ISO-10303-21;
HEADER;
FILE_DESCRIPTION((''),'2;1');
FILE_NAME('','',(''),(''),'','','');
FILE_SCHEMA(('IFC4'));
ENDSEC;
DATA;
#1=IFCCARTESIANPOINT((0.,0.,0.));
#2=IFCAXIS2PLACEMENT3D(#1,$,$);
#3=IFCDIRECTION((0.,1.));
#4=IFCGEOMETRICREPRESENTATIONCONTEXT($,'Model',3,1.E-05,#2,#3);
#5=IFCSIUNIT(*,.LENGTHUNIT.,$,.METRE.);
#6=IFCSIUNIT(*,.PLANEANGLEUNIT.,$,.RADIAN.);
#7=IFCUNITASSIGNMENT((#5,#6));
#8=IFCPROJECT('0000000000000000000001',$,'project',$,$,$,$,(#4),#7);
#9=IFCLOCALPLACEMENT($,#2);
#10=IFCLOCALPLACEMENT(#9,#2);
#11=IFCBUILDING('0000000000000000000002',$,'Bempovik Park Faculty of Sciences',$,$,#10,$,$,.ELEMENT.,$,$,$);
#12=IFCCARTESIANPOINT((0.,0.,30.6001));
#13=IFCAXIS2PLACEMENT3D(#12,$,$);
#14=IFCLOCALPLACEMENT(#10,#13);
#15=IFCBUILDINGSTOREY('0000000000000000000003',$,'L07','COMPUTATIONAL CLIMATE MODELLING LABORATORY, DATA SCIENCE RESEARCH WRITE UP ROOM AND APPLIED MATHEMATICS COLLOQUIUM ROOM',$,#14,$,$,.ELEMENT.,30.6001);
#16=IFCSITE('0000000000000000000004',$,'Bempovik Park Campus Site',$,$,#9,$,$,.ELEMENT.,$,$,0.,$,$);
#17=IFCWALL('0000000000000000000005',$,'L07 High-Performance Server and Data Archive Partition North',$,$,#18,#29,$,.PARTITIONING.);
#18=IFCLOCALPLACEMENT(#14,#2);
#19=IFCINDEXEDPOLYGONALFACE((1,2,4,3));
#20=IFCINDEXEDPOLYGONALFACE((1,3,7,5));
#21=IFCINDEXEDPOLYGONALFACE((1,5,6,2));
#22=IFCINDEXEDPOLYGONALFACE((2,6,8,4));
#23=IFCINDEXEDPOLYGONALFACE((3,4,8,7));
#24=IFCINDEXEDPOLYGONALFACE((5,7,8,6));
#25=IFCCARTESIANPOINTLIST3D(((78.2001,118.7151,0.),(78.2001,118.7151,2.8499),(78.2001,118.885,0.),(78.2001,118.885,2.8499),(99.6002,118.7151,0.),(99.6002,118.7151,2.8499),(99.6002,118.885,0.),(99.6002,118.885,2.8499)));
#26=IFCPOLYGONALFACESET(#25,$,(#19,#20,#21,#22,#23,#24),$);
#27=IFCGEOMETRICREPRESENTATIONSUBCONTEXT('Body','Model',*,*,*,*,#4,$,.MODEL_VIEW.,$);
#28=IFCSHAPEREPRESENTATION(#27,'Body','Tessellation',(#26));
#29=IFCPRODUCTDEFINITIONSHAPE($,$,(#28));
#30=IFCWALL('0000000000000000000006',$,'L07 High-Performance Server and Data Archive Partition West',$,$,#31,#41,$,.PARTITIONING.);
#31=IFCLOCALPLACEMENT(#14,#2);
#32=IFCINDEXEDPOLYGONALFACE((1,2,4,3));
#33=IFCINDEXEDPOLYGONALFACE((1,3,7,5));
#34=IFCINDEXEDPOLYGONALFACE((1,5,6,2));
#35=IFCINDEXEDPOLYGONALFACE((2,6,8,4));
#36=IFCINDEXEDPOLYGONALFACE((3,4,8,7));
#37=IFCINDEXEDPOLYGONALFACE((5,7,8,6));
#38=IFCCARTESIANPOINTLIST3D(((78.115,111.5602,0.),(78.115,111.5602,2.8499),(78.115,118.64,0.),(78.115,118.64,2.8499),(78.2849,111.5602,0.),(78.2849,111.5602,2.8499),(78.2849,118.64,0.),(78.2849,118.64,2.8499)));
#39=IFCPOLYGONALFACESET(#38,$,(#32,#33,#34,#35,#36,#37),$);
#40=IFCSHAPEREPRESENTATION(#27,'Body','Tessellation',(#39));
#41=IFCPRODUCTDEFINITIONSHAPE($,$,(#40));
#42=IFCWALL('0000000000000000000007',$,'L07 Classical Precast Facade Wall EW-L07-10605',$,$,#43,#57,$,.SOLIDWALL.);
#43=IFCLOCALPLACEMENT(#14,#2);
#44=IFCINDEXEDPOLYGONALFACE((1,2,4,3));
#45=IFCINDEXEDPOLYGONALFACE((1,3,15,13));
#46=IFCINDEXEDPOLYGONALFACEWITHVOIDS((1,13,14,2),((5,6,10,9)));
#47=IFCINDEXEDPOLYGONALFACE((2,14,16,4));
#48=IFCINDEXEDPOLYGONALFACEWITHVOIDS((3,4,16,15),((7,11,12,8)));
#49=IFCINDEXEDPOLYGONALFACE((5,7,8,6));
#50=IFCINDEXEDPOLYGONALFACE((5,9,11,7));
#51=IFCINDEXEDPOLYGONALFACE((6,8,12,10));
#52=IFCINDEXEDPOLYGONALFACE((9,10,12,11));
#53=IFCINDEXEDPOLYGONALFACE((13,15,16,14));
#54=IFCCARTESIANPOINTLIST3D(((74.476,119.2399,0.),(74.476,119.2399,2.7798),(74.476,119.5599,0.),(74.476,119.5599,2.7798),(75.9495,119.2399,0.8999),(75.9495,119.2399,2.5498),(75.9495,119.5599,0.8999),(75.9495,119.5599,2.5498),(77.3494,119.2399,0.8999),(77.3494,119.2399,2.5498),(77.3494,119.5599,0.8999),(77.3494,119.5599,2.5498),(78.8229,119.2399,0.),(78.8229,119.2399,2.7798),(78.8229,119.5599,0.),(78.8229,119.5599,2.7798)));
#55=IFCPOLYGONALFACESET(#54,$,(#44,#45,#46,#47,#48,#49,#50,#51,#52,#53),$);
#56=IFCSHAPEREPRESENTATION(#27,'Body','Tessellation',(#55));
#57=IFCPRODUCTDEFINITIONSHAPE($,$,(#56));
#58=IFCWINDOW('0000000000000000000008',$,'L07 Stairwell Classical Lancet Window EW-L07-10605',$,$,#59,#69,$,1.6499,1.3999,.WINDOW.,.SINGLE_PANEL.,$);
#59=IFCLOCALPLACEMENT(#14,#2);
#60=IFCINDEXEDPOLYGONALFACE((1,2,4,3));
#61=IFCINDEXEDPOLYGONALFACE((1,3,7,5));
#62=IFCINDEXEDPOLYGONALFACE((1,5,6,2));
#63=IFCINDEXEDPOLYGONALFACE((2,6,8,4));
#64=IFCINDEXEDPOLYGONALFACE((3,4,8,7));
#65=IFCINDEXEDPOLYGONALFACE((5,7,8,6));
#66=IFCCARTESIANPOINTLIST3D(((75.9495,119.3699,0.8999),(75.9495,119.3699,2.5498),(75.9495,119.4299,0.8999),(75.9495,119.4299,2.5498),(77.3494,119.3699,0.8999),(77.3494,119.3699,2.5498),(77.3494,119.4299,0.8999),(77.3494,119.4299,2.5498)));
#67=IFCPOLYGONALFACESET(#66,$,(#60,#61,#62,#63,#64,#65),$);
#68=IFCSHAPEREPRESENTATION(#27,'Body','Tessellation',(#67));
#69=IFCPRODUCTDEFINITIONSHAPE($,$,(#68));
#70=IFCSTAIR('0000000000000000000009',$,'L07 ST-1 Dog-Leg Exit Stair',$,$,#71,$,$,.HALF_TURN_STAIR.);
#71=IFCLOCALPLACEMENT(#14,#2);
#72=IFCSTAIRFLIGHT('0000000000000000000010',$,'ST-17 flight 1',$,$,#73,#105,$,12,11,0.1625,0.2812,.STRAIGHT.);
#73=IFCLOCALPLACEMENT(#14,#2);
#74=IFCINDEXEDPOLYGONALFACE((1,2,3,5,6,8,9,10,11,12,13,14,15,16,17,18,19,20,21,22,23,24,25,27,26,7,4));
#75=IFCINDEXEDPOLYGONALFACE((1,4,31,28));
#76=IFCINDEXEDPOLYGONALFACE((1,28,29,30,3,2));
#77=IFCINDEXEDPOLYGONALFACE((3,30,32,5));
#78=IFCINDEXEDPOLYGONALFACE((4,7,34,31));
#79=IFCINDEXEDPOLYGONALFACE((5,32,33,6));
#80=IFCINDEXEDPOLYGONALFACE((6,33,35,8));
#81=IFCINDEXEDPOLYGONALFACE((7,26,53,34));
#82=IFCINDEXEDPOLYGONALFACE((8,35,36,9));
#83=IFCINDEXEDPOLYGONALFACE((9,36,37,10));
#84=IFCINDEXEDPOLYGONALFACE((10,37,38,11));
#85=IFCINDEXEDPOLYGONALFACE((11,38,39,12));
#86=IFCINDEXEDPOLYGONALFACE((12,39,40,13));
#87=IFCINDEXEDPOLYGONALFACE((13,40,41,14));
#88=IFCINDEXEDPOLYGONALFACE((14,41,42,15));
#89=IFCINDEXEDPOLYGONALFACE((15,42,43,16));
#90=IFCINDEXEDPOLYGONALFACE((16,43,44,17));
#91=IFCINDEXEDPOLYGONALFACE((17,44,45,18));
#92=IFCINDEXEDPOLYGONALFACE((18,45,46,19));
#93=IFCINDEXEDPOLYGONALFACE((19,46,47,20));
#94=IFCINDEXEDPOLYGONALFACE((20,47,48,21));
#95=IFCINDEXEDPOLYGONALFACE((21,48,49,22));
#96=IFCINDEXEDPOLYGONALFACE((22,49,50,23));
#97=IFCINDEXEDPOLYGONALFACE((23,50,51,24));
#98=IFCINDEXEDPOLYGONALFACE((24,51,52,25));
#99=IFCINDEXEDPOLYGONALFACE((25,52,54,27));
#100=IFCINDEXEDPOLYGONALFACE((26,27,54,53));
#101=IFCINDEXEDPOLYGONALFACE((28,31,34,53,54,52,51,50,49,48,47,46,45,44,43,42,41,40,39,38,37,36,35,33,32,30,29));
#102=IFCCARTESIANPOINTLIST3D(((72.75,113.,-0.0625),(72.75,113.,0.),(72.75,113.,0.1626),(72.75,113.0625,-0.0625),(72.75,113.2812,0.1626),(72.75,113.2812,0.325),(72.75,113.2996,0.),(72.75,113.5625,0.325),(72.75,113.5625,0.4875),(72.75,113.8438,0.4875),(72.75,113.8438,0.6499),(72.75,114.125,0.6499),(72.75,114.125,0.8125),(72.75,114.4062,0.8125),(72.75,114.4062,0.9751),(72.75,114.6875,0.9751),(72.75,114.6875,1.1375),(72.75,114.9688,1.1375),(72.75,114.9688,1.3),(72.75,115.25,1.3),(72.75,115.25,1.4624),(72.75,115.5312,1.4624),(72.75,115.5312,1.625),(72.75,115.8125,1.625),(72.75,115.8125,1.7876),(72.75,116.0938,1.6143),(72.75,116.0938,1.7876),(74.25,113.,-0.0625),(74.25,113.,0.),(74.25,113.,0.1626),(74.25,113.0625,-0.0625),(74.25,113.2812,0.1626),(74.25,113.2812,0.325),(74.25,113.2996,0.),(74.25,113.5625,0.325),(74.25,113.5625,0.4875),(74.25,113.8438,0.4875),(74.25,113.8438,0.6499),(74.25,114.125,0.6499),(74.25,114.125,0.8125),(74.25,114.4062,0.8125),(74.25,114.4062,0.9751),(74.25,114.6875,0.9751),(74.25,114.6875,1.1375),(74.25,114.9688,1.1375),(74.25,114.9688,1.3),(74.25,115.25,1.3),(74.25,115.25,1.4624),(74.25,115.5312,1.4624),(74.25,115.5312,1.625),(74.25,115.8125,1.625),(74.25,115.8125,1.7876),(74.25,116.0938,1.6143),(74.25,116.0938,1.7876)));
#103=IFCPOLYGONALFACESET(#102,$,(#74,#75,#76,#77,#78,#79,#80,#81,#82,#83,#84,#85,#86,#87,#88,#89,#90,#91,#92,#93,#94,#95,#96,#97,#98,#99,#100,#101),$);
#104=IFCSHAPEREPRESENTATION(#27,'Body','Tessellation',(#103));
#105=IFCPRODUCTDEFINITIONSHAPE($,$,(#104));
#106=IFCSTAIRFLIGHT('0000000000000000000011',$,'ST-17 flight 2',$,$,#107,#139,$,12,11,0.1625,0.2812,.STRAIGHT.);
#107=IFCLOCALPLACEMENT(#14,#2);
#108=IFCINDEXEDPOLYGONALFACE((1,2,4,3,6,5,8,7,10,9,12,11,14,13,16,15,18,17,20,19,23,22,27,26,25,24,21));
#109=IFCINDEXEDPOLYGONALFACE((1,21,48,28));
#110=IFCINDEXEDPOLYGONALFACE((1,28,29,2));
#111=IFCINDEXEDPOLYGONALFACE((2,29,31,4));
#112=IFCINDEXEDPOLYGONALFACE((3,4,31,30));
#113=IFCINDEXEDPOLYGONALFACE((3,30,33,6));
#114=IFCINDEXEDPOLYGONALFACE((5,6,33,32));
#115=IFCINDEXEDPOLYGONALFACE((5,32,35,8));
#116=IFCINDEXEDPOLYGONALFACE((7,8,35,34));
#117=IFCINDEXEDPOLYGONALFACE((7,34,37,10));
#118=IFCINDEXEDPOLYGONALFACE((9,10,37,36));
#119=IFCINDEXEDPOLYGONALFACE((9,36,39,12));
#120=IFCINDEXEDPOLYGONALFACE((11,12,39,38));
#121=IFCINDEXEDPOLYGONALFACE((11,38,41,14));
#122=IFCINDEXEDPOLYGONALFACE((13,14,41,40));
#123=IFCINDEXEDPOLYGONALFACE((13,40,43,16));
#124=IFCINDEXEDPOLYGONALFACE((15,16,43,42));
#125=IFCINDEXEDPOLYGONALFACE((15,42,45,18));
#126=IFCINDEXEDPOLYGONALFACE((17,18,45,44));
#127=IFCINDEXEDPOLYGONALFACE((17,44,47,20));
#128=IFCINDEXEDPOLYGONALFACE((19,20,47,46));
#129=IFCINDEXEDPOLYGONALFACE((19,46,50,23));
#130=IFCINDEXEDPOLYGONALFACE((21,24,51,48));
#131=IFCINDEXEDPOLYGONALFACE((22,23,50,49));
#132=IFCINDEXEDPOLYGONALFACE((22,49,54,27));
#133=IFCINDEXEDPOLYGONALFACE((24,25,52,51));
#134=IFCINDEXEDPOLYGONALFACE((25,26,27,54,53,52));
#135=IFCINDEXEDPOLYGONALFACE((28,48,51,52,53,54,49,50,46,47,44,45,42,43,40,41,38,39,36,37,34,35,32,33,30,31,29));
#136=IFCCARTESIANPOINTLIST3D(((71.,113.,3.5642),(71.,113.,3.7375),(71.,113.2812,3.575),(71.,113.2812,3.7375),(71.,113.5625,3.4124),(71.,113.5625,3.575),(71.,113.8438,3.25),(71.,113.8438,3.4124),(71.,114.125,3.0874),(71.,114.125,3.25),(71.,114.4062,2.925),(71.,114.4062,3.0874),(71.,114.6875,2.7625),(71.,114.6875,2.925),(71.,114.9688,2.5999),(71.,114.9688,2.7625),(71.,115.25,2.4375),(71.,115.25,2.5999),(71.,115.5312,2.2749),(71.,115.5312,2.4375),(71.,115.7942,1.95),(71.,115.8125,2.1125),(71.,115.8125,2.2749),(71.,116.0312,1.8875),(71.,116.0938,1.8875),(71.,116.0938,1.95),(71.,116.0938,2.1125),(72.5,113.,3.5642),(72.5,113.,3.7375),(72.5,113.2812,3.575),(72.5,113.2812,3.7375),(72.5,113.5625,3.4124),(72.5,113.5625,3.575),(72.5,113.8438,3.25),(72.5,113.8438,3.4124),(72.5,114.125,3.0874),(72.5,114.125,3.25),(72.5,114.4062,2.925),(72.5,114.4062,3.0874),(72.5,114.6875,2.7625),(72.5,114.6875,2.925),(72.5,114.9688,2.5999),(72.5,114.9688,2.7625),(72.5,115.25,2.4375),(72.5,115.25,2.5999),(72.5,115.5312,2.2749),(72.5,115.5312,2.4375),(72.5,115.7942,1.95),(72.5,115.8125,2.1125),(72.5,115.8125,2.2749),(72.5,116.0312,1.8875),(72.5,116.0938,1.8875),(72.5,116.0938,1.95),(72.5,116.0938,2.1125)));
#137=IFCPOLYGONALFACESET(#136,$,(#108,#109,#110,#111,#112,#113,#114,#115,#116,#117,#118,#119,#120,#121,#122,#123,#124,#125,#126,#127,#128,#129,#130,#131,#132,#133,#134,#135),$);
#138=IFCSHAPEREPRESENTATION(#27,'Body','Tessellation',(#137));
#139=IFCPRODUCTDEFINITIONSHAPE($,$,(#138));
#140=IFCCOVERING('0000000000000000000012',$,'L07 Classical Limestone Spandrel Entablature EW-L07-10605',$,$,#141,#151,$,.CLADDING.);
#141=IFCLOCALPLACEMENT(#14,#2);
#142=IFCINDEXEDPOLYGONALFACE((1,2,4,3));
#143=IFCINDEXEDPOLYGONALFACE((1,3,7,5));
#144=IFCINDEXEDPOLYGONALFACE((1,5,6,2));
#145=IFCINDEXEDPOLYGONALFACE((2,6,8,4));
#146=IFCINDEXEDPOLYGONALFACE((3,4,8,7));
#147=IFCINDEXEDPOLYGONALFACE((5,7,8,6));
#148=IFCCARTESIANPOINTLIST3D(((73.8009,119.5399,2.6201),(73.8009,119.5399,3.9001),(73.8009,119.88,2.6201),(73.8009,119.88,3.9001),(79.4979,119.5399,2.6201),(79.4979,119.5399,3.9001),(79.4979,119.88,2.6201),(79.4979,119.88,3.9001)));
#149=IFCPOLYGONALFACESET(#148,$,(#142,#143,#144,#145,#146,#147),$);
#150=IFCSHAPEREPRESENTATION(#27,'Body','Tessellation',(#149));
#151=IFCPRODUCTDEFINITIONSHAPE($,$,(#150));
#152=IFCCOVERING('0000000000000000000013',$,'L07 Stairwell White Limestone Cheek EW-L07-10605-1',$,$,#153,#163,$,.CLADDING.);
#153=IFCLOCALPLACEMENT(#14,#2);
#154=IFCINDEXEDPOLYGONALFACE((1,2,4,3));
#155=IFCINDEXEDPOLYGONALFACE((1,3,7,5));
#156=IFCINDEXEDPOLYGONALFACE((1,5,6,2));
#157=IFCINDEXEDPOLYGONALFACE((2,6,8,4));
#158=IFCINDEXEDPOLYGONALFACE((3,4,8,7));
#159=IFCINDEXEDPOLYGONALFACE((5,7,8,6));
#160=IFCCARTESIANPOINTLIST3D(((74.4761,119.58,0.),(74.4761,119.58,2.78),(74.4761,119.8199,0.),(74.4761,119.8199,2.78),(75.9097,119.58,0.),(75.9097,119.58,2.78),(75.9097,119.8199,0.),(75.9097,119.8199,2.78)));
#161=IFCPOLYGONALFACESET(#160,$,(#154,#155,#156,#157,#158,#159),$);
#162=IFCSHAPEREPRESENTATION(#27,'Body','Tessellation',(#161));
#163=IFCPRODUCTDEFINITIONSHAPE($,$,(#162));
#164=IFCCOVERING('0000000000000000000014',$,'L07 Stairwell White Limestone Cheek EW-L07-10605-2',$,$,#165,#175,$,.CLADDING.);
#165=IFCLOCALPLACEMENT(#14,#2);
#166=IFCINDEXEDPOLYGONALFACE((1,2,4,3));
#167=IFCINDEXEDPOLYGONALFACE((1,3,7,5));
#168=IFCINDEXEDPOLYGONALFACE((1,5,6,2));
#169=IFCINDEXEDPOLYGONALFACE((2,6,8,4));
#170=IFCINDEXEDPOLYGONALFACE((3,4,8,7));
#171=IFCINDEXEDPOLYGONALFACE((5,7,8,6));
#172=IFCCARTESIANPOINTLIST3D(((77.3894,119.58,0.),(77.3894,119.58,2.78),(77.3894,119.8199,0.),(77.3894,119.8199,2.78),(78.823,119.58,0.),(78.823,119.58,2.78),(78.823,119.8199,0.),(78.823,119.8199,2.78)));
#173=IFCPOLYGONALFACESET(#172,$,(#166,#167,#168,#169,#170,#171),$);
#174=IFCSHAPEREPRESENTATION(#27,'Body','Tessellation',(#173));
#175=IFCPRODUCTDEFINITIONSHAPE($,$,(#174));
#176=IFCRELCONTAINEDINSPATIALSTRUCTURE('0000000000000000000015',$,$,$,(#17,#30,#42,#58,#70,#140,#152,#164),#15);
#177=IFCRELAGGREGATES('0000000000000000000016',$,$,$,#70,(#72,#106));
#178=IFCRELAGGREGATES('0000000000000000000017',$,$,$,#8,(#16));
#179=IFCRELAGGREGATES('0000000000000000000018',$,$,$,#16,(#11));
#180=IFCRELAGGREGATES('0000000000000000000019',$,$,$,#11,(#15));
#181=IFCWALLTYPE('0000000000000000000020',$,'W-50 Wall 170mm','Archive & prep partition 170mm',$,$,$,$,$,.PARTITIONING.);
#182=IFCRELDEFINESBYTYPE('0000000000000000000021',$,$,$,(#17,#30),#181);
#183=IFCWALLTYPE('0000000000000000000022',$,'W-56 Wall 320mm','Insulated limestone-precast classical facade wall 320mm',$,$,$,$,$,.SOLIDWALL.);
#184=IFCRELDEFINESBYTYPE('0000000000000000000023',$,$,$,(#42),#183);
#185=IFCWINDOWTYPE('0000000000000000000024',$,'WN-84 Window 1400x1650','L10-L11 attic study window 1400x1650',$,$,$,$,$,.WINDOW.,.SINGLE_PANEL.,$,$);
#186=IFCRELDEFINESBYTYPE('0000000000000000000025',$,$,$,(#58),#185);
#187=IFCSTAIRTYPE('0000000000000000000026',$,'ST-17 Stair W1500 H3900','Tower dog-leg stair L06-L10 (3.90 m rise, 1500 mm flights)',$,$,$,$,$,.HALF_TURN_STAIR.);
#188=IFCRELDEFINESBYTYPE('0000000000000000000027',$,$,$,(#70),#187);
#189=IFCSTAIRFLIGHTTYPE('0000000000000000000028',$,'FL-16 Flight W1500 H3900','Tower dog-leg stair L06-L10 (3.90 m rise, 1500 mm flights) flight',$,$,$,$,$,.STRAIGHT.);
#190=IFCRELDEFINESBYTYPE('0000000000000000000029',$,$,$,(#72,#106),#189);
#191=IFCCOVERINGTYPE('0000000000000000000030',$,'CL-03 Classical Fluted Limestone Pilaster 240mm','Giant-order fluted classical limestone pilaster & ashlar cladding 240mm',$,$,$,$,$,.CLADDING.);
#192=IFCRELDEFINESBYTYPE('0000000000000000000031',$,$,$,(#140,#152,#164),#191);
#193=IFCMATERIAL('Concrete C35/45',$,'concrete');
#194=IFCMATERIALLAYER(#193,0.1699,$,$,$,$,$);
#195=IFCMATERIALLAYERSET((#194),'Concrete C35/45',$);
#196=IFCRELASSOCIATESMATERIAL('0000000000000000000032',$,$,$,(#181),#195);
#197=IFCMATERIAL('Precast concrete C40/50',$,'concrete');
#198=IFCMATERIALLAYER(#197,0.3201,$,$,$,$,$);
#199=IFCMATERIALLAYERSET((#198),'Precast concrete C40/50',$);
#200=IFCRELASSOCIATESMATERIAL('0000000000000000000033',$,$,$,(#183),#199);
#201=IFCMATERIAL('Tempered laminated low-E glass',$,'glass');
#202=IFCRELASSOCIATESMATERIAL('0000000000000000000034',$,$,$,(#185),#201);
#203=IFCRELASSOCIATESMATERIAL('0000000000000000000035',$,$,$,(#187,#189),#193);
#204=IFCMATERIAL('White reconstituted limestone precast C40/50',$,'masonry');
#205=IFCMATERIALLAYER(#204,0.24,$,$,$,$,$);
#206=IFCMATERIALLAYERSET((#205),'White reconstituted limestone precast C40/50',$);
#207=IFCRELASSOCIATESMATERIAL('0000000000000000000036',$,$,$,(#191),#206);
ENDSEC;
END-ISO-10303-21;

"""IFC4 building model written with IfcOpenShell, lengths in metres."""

from ifc_helpers import new_model, si_unit, direction, frame, frame_2d, origin, origin_2d, place, context, subcontext, project, spatial, polyline, rectangle, outline, extrude, material, layer, layer_set, type_object, element, fill, aggregate, save


model = new_model("IFC4")

# Units and contexts
model_context = context("Model", 3, precision=1e-05, world=origin(), true_north=direction((0.0, 1.0)))
body_context = subcontext(model_context, "Body", "Model", "MODEL_VIEW")
ifc_project = project(units=[si_unit("LENGTHUNIT", "METRE"), si_unit("PLANEANGLEUNIT", "RADIAN")], contexts=[model_context])

# Site, building, storey
site_placement = place(None, origin())
site = spatial("IfcSite", under=ifc_project, at=site_placement, Name="Bempovik Park Campus Site", CompositionType="ELEMENT", RefElevation=0.0)
building_placement = place(site_placement, origin())
building = spatial("IfcBuilding", under=site, at=building_placement, Name="Bempovik Park Faculty of Sciences", CompositionType="ELEMENT")
storey_placement = place(building_placement, frame((0.0, 0.0, 30.6001)))
storey = spatial("IfcBuildingStorey", under=building, at=storey_placement, Name="L07", Description="COMPUTATIONAL CLIMATE MODELLING LABORATORY, DATA SCIENCE RESEARCH WRITE UP ROOM AND APPLIED MATHEMATICS COLLOQUIUM ROOM", CompositionType="ELEMENT", Elevation=30.6001)

# Shared definitions
ifc_material_1 = material(Name="Concrete C35/45", Category="concrete")

# Shared definitions
ifc_layer_1 = layer(ifc_material_1, 0.1699)
ifc_layer_set_1 = layer_set([ifc_layer_1], Name="Concrete C35/45")
wall_type_1 = type_object("IfcWallType", Name="W-50 Wall 170mm", Description="Archive & prep partition 170mm", PredefinedType="PARTITIONING", material=ifc_layer_set_1)

# Walls
wall_1_placement = place(storey_placement, frame((78.2, 118.8, 0.0), z_axis=(0.0, 0.0, 1.0), x_axis=(1.0, 0.0, 0.0)))
element("IfcWall", 1, at=wall_1_placement, inside=storey, type_object=wall_type_1, Name="L07 High-Performance Server and Data Archive Partition North", PredefinedType="PARTITIONING", context=body_context, shape_type="SweptSolid", body=[
    extrude(rectangle(XDim=21.4001, YDim=0.1699, at=frame_2d((10.7002, 0.0))), origin(), (0.0, 0.0, 1.0), 2.8499),
])
wall_2_placement = place(storey_placement, frame((78.2, 111.5601, 0.0), z_axis=(0.0, 0.0, 1.0), x_axis=(0.0, 1.0, 0.0)))
element("IfcWall", 2, at=wall_2_placement, inside=storey, type_object=wall_type_1, Name="L07 High-Performance Server and Data Archive Partition West", PredefinedType="PARTITIONING", context=body_context, shape_type="SweptSolid", body=[
    extrude(rectangle(XDim=7.0798, YDim=0.1699, at=frame_2d((3.54, 0.0))), origin(), (0.0, 0.0, 1.0), 2.8499),
])

# Wall, opening, window
ifc_material_2 = material(Name="Precast concrete C40/50", Category="concrete")
ifc_layer_2 = layer(ifc_material_2, 0.3201)
ifc_layer_set_2 = layer_set([ifc_layer_2], Name="Precast concrete C40/50")
wall_type_2 = type_object("IfcWallType", Name="W-56 Wall 320mm", Description="Insulated limestone-precast classical facade wall 320mm", PredefinedType="SOLIDWALL", material=ifc_layer_set_2)
wall_3_placement = place(storey_placement, frame((74.4761, 119.3999, 0.0), z_axis=(0.0, 0.0, 1.0), x_axis=(1.0, 0.0, 0.0)))
wall_3 = element("IfcWall", 3, at=wall_3_placement, inside=storey, type_object=wall_type_2, Name="L07 Classical Precast Facade Wall EW-L07-10605", PredefinedType="SOLIDWALL", context=body_context, shape_type="SweptSolid", body=[
    extrude(rectangle(XDim=4.3469, YDim=0.3201, at=frame_2d((2.1733, 0.0))), origin(), (0.0, 0.0, 1.0), 2.7798),
])
opening_1_placement = place(wall_3_placement, frame((1.4734, 0.0, 0.8999)))
opening_1 = element("IfcOpeningElement", 4, at=opening_1_placement, cuts=wall_3, PredefinedType="OPENING", context=body_context, shape_type="SweptSolid", body=[
    extrude(rectangle(XDim=1.3999, YDim=1.6499, at=frame_2d((0.7, 0.825))), frame((0.0, 0.1699, 0.0), z_axis=(0.0, -1.0, 0.0), x_axis=(1.0, 0.0, 0.0)), (0.0, 0.0, 1.0), 0.3401),
])
ifc_material_3 = material(Name="Tempered laminated low-E glass", Category="glass")
window_type = type_object("IfcWindowType", Name="WN-84 Window 1400x1650", Description="L10-L11 attic study window 1400x1650", PartitioningType="SINGLE_PANEL", PredefinedType="WINDOW", material=ifc_material_3)
window_placement = place(opening_1_placement, origin())
window = element("IfcWindow", 5, at=window_placement, inside=storey, type_object=window_type, Name="L07 Stairwell Classical Lancet Window EW-L07-10605", OverallHeight=1.6499, OverallWidth=1.3999, PartitioningType="SINGLE_PANEL", PredefinedType="WINDOW", context=body_context, shape_type="SweptSolid", body=[
    extrude(rectangle(XDim=1.3999, YDim=1.6499, at=frame_2d((0.7, 0.825))), frame((0.0, 0.03, 0.0), z_axis=(0.0, -1.0, 0.0), x_axis=(1.0, 0.0, 0.0)), (0.0, 0.0, 1.0), 0.0601),
])
fill(opening_1, window)

# Stair, stair flights
stair_type = type_object("IfcStairType", Name="ST-17 Stair W1500 H3900", Description="Tower dog-leg stair L06-L10 (3.90 m rise, 1500 mm flights)", PredefinedType="HALF_TURN_STAIR", material=ifc_material_1)
stair_placement = place(storey_placement, origin())
stair = element("IfcStair", 6, at=stair_placement, inside=storey, type_object=stair_type, Name="L07 ST-1 Dog-Leg Exit Stair", PredefinedType="HALF_TURN_STAIR")
stair_flight_type = type_object("IfcStairFlightType", Name="FL-16 Flight W1500 H3900", Description="Tower dog-leg stair L06-L10 (3.90 m rise, 1500 mm flights) flight", PredefinedType="STRAIGHT", material=ifc_material_1)
stair_flight_1_placement = place(storey_placement, frame((73.5, 113.0, 0.0), z_axis=(0.0, 0.0, 1.0), x_axis=(0.0, 1.0, 0.0)))
stair_flight_1 = element("IfcStairFlight", 7, at=stair_flight_1_placement, type_object=stair_flight_type, Name="ST-17 flight 1", NumberOfRisers=12, NumberOfTreads=11, PredefinedType="STRAIGHT", RiserHeight=0.1625, TreadLength=0.2812, context=body_context, shape_type="SweptSolid", body=[
    extrude(outline(polyline([(0.0, 0.0), (0.0, 0.1626), (0.2812, 0.1626), (0.2812, 0.325), (0.5625, 0.325), (0.5625, 0.4875), (0.8438, 0.4875), (0.8438, 0.6499), (1.125, 0.6499), (1.125, 0.8125), (1.4062, 0.8125), (1.4062, 0.9751), (1.6875, 0.9751), (1.6875, 1.1375), (1.9688, 1.1375), (1.9688, 1.3), (2.25, 1.3), (2.25, 1.4624), (2.5312, 1.4624), (2.5312, 1.625), (2.8125, 1.625), (2.8125, 1.7876), (3.0938, 1.7876), (3.0938, 1.95), (3.0938, 1.6143), (0.2996, 0.0), (0.0625, -0.0625), (0.0, -0.0625), (0.0, 0.0)])), frame((0.0, 0.75, 0.0), z_axis=(0.0, -1.0, 0.0), x_axis=(1.0, 0.0, 0.0)), (0.0, 0.0, 1.0), 1.5),
])
stair_flight_2_placement = place(storey_placement, frame((71.75, 116.0938, 1.95), z_axis=(0.0, 0.0, 1.0), x_axis=(0.0, -1.0, 0.0)))
stair_flight_2 = element("IfcStairFlight", 8, at=stair_flight_2_placement, type_object=stair_flight_type, Name="ST-17 flight 2", NumberOfRisers=12, NumberOfTreads=11, PredefinedType="STRAIGHT", RiserHeight=0.1625, TreadLength=0.2812, context=body_context, shape_type="SweptSolid", body=[
    extrude(outline(polyline([(0.0, 0.0), (0.0, 0.1626), (0.2812, 0.1626), (0.2812, 0.325), (0.5625, 0.325), (0.5625, 0.4875), (0.8438, 0.4875), (0.8438, 0.6499), (1.125, 0.6499), (1.125, 0.8125), (1.4062, 0.8125), (1.4062, 0.9751), (1.6875, 0.9751), (1.6875, 1.1375), (1.9688, 1.1375), (1.9688, 1.3), (2.25, 1.3), (2.25, 1.4624), (2.5312, 1.4624), (2.5312, 1.625), (2.8125, 1.625), (2.8125, 1.7876), (3.0938, 1.7876), (3.0938, 1.95), (3.0938, 1.6143), (0.2996, 0.0), (0.0625, -0.0625), (0.0, -0.0625), (0.0, 0.0)])), frame((0.0, 0.75, 0.0), z_axis=(0.0, -1.0, 0.0), x_axis=(1.0, 0.0, 0.0)), (0.0, 0.0, 1.0), 1.5),
])
aggregate(stair, [stair_flight_1, stair_flight_2])

# Coverings
ifc_material_4 = material(Name="White reconstituted limestone precast C40/50", Category="masonry")
ifc_layer_3 = layer(ifc_material_4, 0.24)
ifc_layer_set_3 = layer_set([ifc_layer_3], Name="White reconstituted limestone precast C40/50")
covering_type = type_object("IfcCoveringType", Name="CL-03 Classical Fluted Limestone Pilaster 240mm", Description="Giant-order fluted classical limestone pilaster & ashlar cladding 240mm", PredefinedType="CLADDING", material=ifc_layer_set_3)
covering_placement = place(storey_placement, frame((76.6494, 119.71, 2.6201), z_axis=(0.0, 0.0, 1.0), x_axis=(1.0, 0.0, 0.0)))
element("IfcCovering", 9, at=covering_placement, inside=storey, type_object=covering_type, Name="L07 Classical Limestone Spandrel Entablature EW-L07-10605", PredefinedType="CLADDING", context=body_context, shape_type="SweptSolid", body=[
    extrude(rectangle(XDim=5.697, YDim=0.3401, at=origin_2d()), origin(), (0.0, 0.0, 1.0), 1.28),
])
for number, where, z_axis, x_axis, name in (
    (10, (75.1929, 119.7, 0.0), (0.0, 0.0, 1.0), (1.0, 0.0, 0.0), "L07 Stairwell White Limestone Cheek EW-L07-10605-1"),
    (11, (78.1062, 119.7, 0.0), (0.0, 0.0, 1.0), (1.0, 0.0, 0.0), "L07 Stairwell White Limestone Cheek EW-L07-10605-2"),
):
    element("IfcCovering", number, at=place(storey_placement, frame(where, z_axis=z_axis, x_axis=x_axis)), inside=storey, type_object=covering_type, Name=name, PredefinedType="CLADDING", context=body_context, shape_type="SweptSolid", body=[
        extrude(rectangle(XDim=1.4336, YDim=0.24, at=origin_2d()), origin(), (0.0, 0.0, 1.0), 2.78),
    ])

save(model, "model.ifc")
